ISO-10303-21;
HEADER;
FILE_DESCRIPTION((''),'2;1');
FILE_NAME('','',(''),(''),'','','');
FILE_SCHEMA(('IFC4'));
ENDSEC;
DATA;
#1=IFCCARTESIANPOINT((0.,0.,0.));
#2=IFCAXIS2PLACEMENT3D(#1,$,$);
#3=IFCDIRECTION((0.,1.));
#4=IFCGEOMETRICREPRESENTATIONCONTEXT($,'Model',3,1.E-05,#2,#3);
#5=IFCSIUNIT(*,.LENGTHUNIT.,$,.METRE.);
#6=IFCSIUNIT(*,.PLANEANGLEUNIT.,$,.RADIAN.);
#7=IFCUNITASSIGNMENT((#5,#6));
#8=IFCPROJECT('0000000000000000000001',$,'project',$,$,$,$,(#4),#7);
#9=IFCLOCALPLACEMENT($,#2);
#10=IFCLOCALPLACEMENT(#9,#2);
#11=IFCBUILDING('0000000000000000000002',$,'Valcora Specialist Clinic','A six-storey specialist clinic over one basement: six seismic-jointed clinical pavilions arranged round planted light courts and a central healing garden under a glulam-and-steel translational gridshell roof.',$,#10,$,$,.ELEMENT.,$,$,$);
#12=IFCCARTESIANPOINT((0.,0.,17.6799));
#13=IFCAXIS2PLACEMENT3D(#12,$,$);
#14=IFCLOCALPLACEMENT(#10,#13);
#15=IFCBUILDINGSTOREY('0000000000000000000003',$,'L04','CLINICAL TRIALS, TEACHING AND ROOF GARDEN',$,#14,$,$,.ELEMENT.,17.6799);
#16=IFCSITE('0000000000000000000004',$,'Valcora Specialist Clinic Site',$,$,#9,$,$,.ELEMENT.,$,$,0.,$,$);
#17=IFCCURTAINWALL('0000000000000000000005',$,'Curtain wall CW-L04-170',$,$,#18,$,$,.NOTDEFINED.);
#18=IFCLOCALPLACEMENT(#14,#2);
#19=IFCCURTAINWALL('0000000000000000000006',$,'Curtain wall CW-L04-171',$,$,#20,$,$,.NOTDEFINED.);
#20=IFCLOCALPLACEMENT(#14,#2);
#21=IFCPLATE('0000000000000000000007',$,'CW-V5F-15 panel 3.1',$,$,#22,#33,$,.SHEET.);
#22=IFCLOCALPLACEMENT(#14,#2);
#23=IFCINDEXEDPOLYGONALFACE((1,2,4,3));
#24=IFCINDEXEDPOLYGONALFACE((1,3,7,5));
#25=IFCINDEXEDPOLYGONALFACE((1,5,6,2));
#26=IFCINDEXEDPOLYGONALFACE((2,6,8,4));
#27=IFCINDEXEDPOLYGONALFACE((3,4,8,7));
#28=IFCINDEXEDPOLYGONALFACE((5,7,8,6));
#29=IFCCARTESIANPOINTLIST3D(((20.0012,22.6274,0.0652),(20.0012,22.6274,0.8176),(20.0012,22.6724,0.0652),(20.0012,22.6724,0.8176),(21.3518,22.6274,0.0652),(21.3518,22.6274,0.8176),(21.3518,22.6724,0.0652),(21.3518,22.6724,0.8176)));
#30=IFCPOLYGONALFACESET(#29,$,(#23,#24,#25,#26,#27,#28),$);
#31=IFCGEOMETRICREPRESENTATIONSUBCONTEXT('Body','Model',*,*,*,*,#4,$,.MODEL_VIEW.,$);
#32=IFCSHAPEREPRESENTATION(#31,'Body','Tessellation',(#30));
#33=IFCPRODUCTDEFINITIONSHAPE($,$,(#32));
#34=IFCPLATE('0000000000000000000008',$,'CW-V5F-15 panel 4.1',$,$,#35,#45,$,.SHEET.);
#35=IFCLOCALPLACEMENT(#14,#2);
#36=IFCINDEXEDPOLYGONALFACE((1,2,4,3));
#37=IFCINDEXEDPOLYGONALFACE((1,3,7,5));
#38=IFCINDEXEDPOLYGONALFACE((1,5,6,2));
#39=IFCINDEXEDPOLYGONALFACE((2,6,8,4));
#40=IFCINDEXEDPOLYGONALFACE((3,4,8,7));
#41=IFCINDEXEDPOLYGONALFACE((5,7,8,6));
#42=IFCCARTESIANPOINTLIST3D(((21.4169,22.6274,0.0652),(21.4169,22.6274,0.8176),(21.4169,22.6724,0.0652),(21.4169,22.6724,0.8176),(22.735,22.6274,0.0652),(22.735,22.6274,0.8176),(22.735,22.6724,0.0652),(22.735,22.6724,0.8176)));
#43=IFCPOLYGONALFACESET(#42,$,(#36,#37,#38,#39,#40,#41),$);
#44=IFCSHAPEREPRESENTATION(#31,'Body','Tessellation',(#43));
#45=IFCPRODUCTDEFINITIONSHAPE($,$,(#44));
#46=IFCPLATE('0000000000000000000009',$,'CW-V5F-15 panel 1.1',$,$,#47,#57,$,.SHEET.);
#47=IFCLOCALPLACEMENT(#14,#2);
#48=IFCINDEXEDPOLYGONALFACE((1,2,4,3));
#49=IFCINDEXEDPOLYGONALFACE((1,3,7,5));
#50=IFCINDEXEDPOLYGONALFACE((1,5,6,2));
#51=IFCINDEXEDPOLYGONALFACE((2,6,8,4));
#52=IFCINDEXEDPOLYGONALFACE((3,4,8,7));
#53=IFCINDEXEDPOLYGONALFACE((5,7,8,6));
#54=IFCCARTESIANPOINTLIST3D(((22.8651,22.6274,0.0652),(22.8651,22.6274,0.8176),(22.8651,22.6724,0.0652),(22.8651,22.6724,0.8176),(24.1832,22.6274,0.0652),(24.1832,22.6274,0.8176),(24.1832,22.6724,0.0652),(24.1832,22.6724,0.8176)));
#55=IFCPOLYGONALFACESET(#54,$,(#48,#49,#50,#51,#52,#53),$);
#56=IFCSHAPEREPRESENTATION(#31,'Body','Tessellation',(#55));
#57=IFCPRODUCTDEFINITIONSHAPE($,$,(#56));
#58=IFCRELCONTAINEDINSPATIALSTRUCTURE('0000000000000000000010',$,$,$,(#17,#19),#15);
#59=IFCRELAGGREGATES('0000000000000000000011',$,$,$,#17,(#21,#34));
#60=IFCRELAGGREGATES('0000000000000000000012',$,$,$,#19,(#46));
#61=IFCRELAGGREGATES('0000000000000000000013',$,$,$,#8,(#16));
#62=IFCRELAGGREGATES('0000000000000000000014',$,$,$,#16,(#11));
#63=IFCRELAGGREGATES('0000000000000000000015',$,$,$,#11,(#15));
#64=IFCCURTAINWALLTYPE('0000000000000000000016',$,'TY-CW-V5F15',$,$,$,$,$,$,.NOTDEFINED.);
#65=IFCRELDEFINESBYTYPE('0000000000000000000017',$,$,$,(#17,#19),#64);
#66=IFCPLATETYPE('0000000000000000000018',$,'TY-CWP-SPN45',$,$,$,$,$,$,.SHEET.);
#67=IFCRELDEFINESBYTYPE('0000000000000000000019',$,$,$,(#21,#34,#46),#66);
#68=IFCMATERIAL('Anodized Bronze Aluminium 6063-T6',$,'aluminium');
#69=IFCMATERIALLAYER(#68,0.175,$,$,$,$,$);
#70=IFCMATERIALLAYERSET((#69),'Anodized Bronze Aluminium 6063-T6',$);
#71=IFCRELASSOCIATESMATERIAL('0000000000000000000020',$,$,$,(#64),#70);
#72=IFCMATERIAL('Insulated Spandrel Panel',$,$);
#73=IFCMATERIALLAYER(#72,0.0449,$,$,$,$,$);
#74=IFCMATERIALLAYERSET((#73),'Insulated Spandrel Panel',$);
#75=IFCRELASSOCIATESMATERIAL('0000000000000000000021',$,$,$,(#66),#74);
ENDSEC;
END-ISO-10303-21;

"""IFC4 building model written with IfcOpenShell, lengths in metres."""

from ifc_helpers import new_model, si_unit, direction, frame, origin, origin_2d, place, context, subcontext, project, spatial, rectangle, extrude, material, layer, layer_set, type_object, element, aggregate, save


model = new_model("IFC4")

# Units and contexts
model_context = context("Model", 3, precision=1e-05, world=origin(), true_north=direction((0.0, 1.0)))
body_context = subcontext(model_context, "Body", "Model", "MODEL_VIEW")
ifc_project = project(units=[si_unit("LENGTHUNIT", "METRE"), si_unit("PLANEANGLEUNIT", "RADIAN")], contexts=[model_context])

# Site, building, storey
site_placement = place(None, origin())
site = spatial("IfcSite", under=ifc_project, at=site_placement, Name="Valcora Specialist Clinic Site", CompositionType="ELEMENT", RefElevation=0.0)
building_placement = place(site_placement, origin())
building = spatial("IfcBuilding", under=site, at=building_placement, Name="Valcora Specialist Clinic", Description="A six-storey specialist clinic over one basement: six seismic-jointed clinical pavilions arranged round planted light courts and a central healing garden under a glulam-and-steel translational gridshell roof.", CompositionType="ELEMENT")
storey_placement = place(building_placement, frame((0.0, 0.0, 17.6799)))
storey = spatial("IfcBuildingStorey", under=building, at=storey_placement, Name="L04", Description="CLINICAL TRIALS, TEACHING AND ROOF GARDEN", CompositionType="ELEMENT", Elevation=17.6799)

# Curtain walls
ifc_material_1 = material(Name="Anodized Bronze Aluminium 6063-T6", Category="aluminium")
ifc_layer_1 = layer(ifc_material_1, 0.175)
ifc_layer_set_1 = layer_set([ifc_layer_1], Name="Anodized Bronze Aluminium 6063-T6")
curtain_wall_type = type_object("IfcCurtainWallType", Name="TY-CW-V5F15", PredefinedType="NOTDEFINED", material=ifc_layer_set_1)
curtain_wall_1_placement = place(storey_placement, origin())
curtain_wall_1 = element("IfcCurtainWall", 1, at=curtain_wall_1_placement, inside=storey, type_object=curtain_wall_type, Name="Curtain wall CW-L04-170", PredefinedType="NOTDEFINED")
curtain_wall_2_placement = place(storey_placement, origin())
curtain_wall_2 = element("IfcCurtainWall", 2, at=curtain_wall_2_placement, inside=storey, type_object=curtain_wall_type, Name="Curtain wall CW-L04-171", PredefinedType="NOTDEFINED")

# Plates
ifc_material_2 = material(Name="Insulated Spandrel Panel")
ifc_layer_2 = layer(ifc_material_2, 0.0449)
ifc_layer_set_2 = layer_set([ifc_layer_2], Name="Insulated Spandrel Panel")
plate_type_1 = type_object("IfcPlateType", Name="TY-CWP-SPN45", PredefinedType="SHEET", material=ifc_layer_set_2)
plate_1_placement = place(storey_placement, frame((20.6765, 22.6499, 0.0652), z_axis=(0.0, 0.0, 1.0), x_axis=(1.0, 0.0, 0.0)))
plate_1 = element("IfcPlate", 3, at=plate_1_placement, type_object=plate_type_1, Name="CW-V5F-15 panel 3.1", PredefinedType="SHEET", context=body_context, shape_type="SweptSolid", body=[
    extrude(rectangle(XDim=1.3506, YDim=0.0449, at=origin_2d()), origin(), (0.0, 0.0, 1.0), 0.7524),
])
plate_2_placement = place(storey_placement, frame((22.0759, 22.6499, 0.0652), z_axis=(0.0, 0.0, 1.0), x_axis=(1.0, 0.0, 0.0)))
plate_2 = element("IfcPlate", 4, at=plate_2_placement, type_object=plate_type_1, Name="CW-V5F-15 panel 4.1", PredefinedType="SHEET", context=body_context, shape_type="SweptSolid", body=[
    extrude(rectangle(XDim=1.3181, YDim=0.0449, at=origin_2d()), origin(), (0.0, 0.0, 1.0), 0.7524),
])
aggregate(curtain_wall_1, [plate_1, plate_2])
plate_3_placement = place(storey_placement, frame((23.5242, 22.6499, 0.0652), z_axis=(0.0, 0.0, 1.0), x_axis=(1.0, 0.0, 0.0)))
plate_3 = element("IfcPlate", 5, at=plate_3_placement, type_object=plate_type_1, Name="CW-V5F-15 panel 1.1", PredefinedType="SHEET", context=body_context, shape_type="SweptSolid", body=[
    extrude(rectangle(XDim=1.3181, YDim=0.0449, at=origin_2d()), origin(), (0.0, 0.0, 1.0), 0.7524),
])
aggregate(curtain_wall_2, [plate_3])

save(model, "model.ifc")
